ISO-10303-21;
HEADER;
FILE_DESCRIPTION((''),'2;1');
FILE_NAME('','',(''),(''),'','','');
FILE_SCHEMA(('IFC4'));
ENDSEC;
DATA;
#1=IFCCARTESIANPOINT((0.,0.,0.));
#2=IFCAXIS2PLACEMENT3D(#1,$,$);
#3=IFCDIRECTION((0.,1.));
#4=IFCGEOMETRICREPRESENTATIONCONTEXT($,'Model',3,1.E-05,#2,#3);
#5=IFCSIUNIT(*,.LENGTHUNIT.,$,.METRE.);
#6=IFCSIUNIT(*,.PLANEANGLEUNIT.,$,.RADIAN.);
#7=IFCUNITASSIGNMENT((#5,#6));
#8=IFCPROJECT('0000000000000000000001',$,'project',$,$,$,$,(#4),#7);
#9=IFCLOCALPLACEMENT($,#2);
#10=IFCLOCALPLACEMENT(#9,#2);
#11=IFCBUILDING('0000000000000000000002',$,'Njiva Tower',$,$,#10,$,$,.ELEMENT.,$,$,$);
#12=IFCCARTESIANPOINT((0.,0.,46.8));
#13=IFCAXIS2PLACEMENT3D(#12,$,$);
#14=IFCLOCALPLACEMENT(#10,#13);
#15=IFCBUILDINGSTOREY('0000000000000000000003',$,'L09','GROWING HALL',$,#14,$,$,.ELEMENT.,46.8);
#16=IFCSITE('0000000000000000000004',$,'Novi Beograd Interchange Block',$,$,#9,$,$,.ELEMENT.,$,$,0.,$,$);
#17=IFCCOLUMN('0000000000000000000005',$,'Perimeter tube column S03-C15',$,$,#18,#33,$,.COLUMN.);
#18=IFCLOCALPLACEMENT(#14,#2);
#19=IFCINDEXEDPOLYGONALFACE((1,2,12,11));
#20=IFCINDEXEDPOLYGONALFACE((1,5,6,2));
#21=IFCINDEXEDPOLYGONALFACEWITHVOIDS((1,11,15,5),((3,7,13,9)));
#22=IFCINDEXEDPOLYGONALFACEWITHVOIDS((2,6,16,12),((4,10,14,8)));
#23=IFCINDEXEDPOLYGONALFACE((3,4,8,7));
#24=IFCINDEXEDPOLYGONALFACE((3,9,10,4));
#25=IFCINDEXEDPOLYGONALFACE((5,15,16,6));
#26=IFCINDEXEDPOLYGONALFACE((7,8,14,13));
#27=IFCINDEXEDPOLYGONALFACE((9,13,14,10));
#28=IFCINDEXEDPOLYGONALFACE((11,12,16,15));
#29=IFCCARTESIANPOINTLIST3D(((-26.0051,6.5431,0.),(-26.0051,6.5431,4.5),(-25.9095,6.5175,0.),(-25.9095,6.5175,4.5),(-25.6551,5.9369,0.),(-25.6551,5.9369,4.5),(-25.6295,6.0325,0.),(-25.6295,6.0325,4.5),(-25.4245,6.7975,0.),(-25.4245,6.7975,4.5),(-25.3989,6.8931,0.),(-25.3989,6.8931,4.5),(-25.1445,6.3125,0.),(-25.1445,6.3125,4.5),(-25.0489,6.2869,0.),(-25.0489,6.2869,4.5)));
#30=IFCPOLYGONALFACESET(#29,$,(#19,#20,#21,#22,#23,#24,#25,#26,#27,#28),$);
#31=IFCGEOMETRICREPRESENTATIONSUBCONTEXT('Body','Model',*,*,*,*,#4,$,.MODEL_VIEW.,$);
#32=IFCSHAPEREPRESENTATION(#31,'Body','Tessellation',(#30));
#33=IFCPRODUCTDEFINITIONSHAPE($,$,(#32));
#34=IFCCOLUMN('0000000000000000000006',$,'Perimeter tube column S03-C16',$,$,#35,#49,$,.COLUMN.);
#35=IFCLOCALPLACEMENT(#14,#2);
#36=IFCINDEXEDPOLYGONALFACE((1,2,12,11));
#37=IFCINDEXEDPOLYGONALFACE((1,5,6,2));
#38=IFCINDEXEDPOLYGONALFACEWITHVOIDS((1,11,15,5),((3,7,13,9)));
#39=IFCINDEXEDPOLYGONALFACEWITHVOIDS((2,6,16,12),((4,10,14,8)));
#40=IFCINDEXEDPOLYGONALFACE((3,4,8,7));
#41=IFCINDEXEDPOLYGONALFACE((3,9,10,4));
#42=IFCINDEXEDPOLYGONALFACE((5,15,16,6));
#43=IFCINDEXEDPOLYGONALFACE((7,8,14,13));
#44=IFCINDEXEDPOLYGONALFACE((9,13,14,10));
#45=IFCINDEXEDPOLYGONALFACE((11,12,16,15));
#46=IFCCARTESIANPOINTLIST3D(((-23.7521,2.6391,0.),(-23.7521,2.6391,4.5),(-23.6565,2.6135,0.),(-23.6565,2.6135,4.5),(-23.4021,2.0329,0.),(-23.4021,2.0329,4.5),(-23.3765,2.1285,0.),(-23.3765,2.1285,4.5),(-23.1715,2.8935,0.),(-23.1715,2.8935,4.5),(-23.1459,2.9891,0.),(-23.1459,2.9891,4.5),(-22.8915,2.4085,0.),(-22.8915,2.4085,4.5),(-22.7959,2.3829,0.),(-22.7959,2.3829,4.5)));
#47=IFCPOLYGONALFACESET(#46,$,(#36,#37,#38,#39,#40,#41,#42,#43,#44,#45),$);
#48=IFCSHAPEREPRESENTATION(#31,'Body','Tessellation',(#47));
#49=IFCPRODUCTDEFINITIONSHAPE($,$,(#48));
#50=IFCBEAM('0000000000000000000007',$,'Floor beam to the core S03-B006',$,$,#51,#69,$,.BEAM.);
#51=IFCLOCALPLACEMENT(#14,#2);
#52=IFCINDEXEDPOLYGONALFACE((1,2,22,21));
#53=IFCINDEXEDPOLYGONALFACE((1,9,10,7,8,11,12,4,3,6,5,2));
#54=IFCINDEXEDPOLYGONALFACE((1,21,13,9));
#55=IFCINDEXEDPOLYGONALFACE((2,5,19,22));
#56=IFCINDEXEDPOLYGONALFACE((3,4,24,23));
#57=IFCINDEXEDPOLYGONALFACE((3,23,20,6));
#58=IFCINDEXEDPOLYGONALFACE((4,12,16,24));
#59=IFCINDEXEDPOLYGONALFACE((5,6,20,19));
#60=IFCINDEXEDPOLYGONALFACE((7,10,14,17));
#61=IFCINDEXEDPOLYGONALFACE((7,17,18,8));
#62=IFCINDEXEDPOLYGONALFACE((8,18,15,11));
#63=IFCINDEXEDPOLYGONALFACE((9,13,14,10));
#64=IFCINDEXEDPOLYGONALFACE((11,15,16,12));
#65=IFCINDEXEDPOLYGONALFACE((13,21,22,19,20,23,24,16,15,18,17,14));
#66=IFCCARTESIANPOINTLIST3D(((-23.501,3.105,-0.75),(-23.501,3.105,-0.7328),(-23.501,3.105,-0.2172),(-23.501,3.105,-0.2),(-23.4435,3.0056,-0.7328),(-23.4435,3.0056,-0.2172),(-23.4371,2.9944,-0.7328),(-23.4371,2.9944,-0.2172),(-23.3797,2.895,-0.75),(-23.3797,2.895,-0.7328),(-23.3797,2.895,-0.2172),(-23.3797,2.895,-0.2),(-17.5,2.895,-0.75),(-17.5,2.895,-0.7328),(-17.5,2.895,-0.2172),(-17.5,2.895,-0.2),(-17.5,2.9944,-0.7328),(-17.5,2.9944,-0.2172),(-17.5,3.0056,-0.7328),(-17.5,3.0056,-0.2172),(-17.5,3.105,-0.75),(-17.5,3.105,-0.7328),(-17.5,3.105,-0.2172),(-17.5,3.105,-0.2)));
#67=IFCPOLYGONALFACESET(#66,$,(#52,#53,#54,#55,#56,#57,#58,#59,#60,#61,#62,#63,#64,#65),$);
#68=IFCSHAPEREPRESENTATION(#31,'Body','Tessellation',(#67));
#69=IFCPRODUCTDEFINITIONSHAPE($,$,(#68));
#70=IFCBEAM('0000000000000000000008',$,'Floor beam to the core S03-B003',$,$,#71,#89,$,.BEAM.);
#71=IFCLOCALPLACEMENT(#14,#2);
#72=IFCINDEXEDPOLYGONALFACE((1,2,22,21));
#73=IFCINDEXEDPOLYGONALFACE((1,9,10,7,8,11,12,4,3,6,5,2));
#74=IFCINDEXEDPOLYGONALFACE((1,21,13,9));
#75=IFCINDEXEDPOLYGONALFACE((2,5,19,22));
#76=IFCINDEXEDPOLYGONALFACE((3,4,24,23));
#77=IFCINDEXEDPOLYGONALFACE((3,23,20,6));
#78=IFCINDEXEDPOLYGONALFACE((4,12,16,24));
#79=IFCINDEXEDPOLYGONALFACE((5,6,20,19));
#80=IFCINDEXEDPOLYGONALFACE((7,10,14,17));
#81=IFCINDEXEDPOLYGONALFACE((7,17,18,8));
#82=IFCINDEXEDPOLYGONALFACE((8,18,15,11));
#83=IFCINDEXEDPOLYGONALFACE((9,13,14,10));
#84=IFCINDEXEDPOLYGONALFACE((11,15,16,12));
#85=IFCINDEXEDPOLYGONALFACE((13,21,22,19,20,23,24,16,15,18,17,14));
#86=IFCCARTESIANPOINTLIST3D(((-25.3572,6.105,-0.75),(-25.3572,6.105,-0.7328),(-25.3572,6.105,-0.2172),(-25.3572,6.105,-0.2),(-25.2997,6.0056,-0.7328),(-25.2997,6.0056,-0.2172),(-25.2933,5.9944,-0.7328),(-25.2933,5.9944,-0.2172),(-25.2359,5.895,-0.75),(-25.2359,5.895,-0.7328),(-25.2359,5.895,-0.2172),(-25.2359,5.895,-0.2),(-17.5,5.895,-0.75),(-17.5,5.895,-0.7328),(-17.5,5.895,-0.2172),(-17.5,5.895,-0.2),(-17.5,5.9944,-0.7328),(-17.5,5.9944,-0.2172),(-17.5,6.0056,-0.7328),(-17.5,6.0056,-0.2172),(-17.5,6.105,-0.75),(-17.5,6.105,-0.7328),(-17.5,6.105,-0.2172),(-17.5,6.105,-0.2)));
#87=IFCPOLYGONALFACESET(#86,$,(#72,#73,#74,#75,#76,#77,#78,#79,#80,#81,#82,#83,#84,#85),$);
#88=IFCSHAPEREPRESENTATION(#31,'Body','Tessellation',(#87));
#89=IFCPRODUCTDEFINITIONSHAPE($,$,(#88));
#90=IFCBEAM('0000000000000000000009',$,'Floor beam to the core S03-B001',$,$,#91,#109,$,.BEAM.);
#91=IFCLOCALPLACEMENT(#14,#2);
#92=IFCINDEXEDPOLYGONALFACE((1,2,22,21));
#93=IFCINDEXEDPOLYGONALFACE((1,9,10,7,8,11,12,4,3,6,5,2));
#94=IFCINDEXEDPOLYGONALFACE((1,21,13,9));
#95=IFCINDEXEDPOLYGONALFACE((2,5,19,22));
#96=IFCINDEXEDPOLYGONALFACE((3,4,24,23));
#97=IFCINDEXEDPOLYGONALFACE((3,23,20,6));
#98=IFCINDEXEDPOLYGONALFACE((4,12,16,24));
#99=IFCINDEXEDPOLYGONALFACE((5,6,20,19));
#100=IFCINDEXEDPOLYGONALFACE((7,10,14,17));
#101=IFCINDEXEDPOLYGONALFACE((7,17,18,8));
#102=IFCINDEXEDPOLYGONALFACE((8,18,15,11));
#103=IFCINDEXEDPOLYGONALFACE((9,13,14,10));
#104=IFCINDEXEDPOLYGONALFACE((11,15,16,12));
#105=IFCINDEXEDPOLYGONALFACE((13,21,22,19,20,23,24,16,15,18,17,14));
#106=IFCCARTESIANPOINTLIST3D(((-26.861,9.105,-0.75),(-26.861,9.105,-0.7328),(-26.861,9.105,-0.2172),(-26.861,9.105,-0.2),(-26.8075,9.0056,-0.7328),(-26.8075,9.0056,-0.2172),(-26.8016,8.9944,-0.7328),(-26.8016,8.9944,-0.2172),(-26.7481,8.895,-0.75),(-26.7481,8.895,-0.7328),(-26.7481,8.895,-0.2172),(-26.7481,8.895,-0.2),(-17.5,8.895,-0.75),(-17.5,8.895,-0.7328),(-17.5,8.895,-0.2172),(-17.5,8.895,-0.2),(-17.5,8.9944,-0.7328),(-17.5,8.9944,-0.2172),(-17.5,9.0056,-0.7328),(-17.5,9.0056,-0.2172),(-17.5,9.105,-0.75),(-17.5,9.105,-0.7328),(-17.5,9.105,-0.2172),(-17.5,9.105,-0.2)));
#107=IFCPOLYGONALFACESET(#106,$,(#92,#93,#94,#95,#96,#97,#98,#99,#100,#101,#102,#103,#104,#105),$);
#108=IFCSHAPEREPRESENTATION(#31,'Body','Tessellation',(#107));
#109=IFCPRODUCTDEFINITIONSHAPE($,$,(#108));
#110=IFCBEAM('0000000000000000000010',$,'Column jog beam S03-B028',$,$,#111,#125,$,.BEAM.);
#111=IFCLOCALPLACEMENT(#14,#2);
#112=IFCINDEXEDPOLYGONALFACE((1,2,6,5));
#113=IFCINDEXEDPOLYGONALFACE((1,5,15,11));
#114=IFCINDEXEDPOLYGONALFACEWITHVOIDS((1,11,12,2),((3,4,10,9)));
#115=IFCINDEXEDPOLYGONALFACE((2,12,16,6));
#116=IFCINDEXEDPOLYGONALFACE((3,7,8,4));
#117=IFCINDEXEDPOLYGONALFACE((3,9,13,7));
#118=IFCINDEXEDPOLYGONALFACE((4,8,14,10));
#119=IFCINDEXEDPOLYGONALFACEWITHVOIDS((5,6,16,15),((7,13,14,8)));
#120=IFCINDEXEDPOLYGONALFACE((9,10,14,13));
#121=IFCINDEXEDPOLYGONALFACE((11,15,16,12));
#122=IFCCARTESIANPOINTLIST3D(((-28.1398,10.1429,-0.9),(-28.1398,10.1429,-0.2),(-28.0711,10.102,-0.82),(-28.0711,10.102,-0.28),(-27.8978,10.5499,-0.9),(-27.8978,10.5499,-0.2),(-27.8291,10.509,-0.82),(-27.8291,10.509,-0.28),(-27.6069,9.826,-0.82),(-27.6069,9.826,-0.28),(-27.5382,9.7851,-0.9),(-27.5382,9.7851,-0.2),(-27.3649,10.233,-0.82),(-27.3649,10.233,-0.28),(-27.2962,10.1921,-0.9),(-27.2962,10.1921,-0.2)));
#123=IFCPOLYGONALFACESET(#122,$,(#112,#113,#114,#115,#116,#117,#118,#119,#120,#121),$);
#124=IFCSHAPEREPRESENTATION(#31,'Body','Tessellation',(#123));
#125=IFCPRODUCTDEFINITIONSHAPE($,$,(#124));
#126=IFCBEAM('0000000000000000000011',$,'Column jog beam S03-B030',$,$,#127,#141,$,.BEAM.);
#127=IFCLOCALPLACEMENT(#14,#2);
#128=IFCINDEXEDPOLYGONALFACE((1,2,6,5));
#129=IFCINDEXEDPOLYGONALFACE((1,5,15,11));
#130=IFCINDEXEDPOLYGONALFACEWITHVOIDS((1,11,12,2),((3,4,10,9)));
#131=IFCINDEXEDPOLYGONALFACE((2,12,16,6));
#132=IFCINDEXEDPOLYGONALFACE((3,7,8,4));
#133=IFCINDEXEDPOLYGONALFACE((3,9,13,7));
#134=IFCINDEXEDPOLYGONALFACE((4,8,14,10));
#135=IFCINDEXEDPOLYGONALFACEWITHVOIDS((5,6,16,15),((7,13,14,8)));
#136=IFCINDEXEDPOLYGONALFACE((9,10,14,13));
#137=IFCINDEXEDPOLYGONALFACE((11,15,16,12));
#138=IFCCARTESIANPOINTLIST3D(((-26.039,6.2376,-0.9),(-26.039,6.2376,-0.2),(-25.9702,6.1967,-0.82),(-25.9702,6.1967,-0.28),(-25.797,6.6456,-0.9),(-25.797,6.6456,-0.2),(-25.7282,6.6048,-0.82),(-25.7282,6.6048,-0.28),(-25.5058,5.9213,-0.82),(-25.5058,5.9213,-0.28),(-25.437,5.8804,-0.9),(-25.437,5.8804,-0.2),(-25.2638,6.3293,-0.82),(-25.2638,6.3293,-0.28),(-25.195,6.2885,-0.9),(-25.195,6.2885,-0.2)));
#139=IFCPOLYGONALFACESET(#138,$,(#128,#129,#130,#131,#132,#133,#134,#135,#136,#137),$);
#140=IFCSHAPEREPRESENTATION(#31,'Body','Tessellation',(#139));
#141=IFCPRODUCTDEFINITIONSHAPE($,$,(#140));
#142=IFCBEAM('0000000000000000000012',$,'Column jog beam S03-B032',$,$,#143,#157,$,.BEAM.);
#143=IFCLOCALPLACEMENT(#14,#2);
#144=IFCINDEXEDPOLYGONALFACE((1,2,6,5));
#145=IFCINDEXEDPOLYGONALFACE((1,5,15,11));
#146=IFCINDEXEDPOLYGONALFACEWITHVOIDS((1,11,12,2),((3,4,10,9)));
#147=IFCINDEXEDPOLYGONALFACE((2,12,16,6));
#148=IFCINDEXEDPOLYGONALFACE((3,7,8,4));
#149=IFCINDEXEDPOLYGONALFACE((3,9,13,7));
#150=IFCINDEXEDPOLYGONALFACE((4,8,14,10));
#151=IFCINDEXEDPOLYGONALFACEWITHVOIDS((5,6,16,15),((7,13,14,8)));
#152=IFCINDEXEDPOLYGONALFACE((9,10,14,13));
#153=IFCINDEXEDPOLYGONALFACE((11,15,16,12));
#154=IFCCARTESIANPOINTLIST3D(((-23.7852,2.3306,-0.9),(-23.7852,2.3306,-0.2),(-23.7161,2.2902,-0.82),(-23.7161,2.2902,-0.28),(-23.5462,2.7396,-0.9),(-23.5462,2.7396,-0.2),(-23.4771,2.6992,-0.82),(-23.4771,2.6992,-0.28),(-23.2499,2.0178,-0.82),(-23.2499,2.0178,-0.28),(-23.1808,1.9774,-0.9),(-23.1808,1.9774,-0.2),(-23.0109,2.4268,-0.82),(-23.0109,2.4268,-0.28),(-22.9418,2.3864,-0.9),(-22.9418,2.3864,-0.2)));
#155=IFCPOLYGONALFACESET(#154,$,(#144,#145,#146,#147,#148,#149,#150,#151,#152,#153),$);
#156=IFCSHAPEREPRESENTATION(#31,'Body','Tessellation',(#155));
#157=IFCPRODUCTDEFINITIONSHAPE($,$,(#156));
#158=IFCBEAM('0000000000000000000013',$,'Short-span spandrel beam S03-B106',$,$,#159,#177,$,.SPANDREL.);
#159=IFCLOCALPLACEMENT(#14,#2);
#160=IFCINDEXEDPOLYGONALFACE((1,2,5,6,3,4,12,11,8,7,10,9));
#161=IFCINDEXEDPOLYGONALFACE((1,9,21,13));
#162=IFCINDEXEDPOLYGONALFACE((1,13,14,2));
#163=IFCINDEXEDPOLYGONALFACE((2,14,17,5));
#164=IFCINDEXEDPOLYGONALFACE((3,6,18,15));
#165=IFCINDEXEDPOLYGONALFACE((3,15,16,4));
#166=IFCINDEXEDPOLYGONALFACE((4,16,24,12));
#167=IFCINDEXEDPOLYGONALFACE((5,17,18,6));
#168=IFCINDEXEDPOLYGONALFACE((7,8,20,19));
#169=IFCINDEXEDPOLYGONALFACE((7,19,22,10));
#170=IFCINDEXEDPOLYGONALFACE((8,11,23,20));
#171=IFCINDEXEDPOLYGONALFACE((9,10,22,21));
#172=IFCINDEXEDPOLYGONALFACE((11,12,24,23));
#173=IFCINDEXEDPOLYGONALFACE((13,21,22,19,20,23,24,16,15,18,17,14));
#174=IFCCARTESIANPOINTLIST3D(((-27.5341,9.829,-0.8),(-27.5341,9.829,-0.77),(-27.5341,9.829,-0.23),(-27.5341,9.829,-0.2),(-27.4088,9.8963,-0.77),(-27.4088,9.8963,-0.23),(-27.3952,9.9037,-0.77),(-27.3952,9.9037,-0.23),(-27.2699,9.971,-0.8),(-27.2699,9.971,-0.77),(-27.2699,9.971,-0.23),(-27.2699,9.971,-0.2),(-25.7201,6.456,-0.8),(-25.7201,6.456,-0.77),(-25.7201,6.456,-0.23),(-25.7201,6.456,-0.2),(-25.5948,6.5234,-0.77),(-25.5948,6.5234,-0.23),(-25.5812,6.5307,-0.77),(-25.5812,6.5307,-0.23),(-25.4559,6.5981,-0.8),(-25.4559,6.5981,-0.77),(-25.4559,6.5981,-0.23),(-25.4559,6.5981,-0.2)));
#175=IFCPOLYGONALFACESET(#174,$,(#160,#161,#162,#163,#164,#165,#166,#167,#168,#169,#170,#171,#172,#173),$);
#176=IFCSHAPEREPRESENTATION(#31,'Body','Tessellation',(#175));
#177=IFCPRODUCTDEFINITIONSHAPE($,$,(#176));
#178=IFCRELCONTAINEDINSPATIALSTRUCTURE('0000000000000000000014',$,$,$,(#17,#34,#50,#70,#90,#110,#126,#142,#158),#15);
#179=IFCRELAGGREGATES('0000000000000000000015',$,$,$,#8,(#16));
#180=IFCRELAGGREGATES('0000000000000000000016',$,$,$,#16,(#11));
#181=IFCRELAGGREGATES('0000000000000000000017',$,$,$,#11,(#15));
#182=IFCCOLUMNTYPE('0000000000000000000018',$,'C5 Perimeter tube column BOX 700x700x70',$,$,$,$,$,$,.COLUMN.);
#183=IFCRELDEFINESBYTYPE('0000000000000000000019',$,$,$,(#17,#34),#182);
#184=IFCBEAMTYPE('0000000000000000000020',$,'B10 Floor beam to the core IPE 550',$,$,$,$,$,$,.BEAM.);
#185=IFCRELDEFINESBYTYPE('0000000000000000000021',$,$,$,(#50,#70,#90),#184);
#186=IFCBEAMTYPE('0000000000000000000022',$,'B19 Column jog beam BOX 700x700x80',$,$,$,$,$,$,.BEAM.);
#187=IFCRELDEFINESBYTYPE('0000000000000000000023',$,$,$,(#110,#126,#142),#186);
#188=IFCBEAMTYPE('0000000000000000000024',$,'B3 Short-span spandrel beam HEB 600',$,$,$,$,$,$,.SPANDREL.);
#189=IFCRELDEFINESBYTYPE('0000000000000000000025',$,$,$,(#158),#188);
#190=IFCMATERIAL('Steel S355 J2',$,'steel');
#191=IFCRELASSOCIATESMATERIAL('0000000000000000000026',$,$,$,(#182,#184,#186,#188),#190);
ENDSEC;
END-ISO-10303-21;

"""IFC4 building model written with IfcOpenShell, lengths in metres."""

from ifc_helpers import new_model, si_unit, direction, frame, origin, origin_2d, place, context, subcontext, project, spatial, hollow_rectangle, i_section, extrude, clip, halfspace, material, material_profile, profile_set, type_object, element, save


model = new_model("IFC4")

# Units and contexts
model_context = context("Model", 3, precision=1e-05, world=origin(), true_north=direction((0.0, 1.0)))
body_context = subcontext(model_context, "Body", "Model", "MODEL_VIEW")
ifc_project = project(units=[si_unit("LENGTHUNIT", "METRE"), si_unit("PLANEANGLEUNIT", "RADIAN")], contexts=[model_context])

# Site, building, storey
site_placement = place(None, origin())
site = spatial("IfcSite", under=ifc_project, at=site_placement, Name="Novi Beograd Interchange Block", CompositionType="ELEMENT", RefElevation=0.0)
building_placement = place(site_placement, origin())
building = spatial("IfcBuilding", under=site, at=building_placement, Name="Njiva Tower", CompositionType="ELEMENT")
storey_placement = place(building_placement, frame((0.0, 0.0, 46.8)))
storey = spatial("IfcBuildingStorey", under=building, at=storey_placement, Name="L09", Description="GROWING HALL", CompositionType="ELEMENT", Elevation=46.8)

# Columns
ifc_material_1 = material(Name="Steel S355 J2", Category="steel")
ifc_material_profile_1 = material_profile(ifc_material_1, hollow_rectangle(XDim=0.7, YDim=0.7, WallThickness=0.07, at=origin_2d()), Name="BOX 700x700x70")
ifc_profile_set_1 = profile_set([ifc_material_profile_1], Name="Steel S355 J2")
column_type = type_object("IfcColumnType", Name="C5 Perimeter tube column BOX 700x700x70", PredefinedType="COLUMN", material=ifc_profile_set_1)
for number, where, z_axis, x_axis, name in (
    (1, (-25.527, 6.415, 0.0), (0.0, 0.0, 1.0), (0.5, -0.866025, 0.0), "Perimeter tube column S03-C15"),
    (2, (-23.274, 2.511, 0.0), (0.0, 0.0, 1.0), (0.5, -0.866025, 0.0), "Perimeter tube column S03-C16"),
):
    element("IfcColumn", number, at=place(storey_placement, frame(where, z_axis=z_axis, x_axis=x_axis)), inside=storey, type_object=column_type, Name=name, PredefinedType="COLUMN", context=body_context, shape_type="SweptSolid", body=[
        extrude(hollow_rectangle(XDim=0.7, YDim=0.7, WallThickness=0.07, at=origin_2d()), origin(), (0.0, 0.0, 1.0), 4.5),
    ])

# Beams
ifc_material_profile_2 = material_profile(ifc_material_1, i_section(OverallWidth=0.21, OverallDepth=0.55, WebThickness=0.0111, FlangeThickness=0.0172, at=origin_2d()), Name="IPE 550")
ifc_profile_set_2 = profile_set([ifc_material_profile_2], Name="Steel S355 J2")
beam_type_1 = type_object("IfcBeamType", Name="B10 Floor beam to the core IPE 550", PredefinedType="BEAM", material=ifc_profile_set_2)
beam_1_placement = place(storey_placement, frame((-23.521, 3.0, -0.475), z_axis=(1.0, 0.0, 0.0), x_axis=(0.0, 1.0, 0.0)))
element("IfcBeam", 3, at=beam_1_placement, inside=storey, type_object=beam_type_1, Name="Floor beam to the core S03-B006", PredefinedType="BEAM", context=body_context, shape_type="Clipping", body=[
    clip(extrude(i_section(OverallWidth=0.21, OverallDepth=0.55, WebThickness=0.0111, FlangeThickness=0.0172, at=origin_2d()), origin(), (0.0, 0.0, 1.0), 6.021), halfspace(frame((-0.025, 0.0, 0.0951), z_axis=(-0.499998, 0.0, -0.866027), x_axis=(0.0, -1.0, 0.0)), False)),
])
beam_2_placement = place(storey_placement, frame((-25.378, 6.0, -0.475), z_axis=(1.0, 0.0, 0.0), x_axis=(0.0, 1.0, 0.0)))
element("IfcBeam", 4, at=beam_2_placement, inside=storey, type_object=beam_type_1, Name="Floor beam to the core S03-B003", PredefinedType="BEAM", context=body_context, shape_type="Clipping", body=[
    clip(extrude(i_section(OverallWidth=0.21, OverallDepth=0.55, WebThickness=0.0111, FlangeThickness=0.0172, at=origin_2d()), origin(), (0.0, 0.0, 1.0), 7.878), halfspace(frame((-0.025, 0.0, 0.0959), z_axis=(-0.499998, 0.0, -0.866027), x_axis=(0.0, -1.0, 0.0)), False)),
])
beam_3_placement = place(storey_placement, frame((-26.881, 9.0, -0.475), z_axis=(1.0, 0.0, 0.0), x_axis=(0.0, 1.0, 0.0)))
element("IfcBeam", 5, at=beam_3_placement, inside=storey, type_object=beam_type_1, Name="Floor beam to the core S03-B001", PredefinedType="BEAM", context=body_context, shape_type="Clipping", body=[
    clip(extrude(i_section(OverallWidth=0.21, OverallDepth=0.55, WebThickness=0.0111, FlangeThickness=0.0172, at=origin_2d()), origin(), (0.0, 0.0, 1.0), 9.381), halfspace(frame((-0.0237, 0.0, 0.0892), z_axis=(-0.473769, 0.0, -0.880649), x_axis=(0.0, -1.0, 0.0)), False)),
])
ifc_material_profile_3 = material_profile(ifc_material_1, hollow_rectangle(XDim=0.7, YDim=0.7, WallThickness=0.08, at=origin_2d()), Name="BOX 700x700x80")
ifc_profile_set_3 = profile_set([ifc_material_profile_3], Name="Steel S355 J2")
beam_type_2 = type_object("IfcBeamType", Name="B19 Column jog beam BOX 700x700x80", PredefinedType="BEAM", material=ifc_profile_set_3)
beam_4_placement = place(storey_placement, frame((-27.839, 9.964, -0.55), z_axis=(0.511075, 0.859536, 0.0), x_axis=(-0.859536, 0.511075, 0.0)))
element("IfcBeam", 6, at=beam_4_placement, inside=storey, type_object=beam_type_2, Name="Column jog beam S03-B028", PredefinedType="BEAM", context=body_context, shape_type="SweptSolid", body=[
    extrude(hollow_rectangle(XDim=0.7, YDim=0.7, WallThickness=0.08, at=origin_2d()), origin(), (0.0, 0.0, 1.0), 0.4735),
])
beam_5_placement = place(storey_placement, frame((-25.738, 6.059, -0.55), z_axis=(0.510149, 0.860086, 0.0), x_axis=(-0.860086, 0.510149, 0.0)))
element("IfcBeam", 7, at=beam_5_placement, inside=storey, type_object=beam_type_2, Name="Column jog beam S03-B030", PredefinedType="BEAM", context=body_context, shape_type="SweptSolid", body=[
    extrude(hollow_rectangle(XDim=0.7, YDim=0.7, WallThickness=0.08, at=origin_2d()), origin(), (0.0, 0.0, 1.0), 0.4744),
])
beam_6_placement = place(storey_placement, frame((-23.483, 2.154, -0.55), z_axis=(0.504527, 0.863396, 0.0), x_axis=(-0.863396, 0.504527, 0.0)))
element("IfcBeam", 8, at=beam_6_placement, inside=storey, type_object=beam_type_2, Name="Column jog beam S03-B032", PredefinedType="BEAM", context=body_context, shape_type="SweptSolid", body=[
    extrude(hollow_rectangle(XDim=0.7, YDim=0.7, WallThickness=0.08, at=origin_2d()), origin(), (0.0, 0.0, 1.0), 0.4737),
])
ifc_material_profile_4 = material_profile(ifc_material_1, i_section(OverallWidth=0.3, OverallDepth=0.6, WebThickness=0.0155, FlangeThickness=0.03, at=origin_2d()), Name="HEB 600")
ifc_profile_set_4 = profile_set([ifc_material_profile_4], Name="Steel S355 J2")
beam_type_3 = type_object("IfcBeamType", Name="B3 Short-span spandrel beam HEB 600", PredefinedType="SPANDREL", material=ifc_profile_set_4)
beam_7_placement = place(storey_placement, frame((-27.402, 9.9, -0.5), z_axis=(0.473648, -0.880714, 0.0), x_axis=(0.880714, 0.473648, 0.0)))
element("IfcBeam", 9, at=beam_7_placement, inside=storey, type_object=beam_type_3, Name="Short-span spandrel beam S03-B106", PredefinedType="SPANDREL", context=body_context, shape_type="SweptSolid", body=[
    extrude(i_section(OverallWidth=0.3, OverallDepth=0.6, WebThickness=0.0155, FlangeThickness=0.03, at=origin_2d()), origin(), (0.0, 0.0, 1.0), 3.8298),
])

save(model, "model.ifc")
